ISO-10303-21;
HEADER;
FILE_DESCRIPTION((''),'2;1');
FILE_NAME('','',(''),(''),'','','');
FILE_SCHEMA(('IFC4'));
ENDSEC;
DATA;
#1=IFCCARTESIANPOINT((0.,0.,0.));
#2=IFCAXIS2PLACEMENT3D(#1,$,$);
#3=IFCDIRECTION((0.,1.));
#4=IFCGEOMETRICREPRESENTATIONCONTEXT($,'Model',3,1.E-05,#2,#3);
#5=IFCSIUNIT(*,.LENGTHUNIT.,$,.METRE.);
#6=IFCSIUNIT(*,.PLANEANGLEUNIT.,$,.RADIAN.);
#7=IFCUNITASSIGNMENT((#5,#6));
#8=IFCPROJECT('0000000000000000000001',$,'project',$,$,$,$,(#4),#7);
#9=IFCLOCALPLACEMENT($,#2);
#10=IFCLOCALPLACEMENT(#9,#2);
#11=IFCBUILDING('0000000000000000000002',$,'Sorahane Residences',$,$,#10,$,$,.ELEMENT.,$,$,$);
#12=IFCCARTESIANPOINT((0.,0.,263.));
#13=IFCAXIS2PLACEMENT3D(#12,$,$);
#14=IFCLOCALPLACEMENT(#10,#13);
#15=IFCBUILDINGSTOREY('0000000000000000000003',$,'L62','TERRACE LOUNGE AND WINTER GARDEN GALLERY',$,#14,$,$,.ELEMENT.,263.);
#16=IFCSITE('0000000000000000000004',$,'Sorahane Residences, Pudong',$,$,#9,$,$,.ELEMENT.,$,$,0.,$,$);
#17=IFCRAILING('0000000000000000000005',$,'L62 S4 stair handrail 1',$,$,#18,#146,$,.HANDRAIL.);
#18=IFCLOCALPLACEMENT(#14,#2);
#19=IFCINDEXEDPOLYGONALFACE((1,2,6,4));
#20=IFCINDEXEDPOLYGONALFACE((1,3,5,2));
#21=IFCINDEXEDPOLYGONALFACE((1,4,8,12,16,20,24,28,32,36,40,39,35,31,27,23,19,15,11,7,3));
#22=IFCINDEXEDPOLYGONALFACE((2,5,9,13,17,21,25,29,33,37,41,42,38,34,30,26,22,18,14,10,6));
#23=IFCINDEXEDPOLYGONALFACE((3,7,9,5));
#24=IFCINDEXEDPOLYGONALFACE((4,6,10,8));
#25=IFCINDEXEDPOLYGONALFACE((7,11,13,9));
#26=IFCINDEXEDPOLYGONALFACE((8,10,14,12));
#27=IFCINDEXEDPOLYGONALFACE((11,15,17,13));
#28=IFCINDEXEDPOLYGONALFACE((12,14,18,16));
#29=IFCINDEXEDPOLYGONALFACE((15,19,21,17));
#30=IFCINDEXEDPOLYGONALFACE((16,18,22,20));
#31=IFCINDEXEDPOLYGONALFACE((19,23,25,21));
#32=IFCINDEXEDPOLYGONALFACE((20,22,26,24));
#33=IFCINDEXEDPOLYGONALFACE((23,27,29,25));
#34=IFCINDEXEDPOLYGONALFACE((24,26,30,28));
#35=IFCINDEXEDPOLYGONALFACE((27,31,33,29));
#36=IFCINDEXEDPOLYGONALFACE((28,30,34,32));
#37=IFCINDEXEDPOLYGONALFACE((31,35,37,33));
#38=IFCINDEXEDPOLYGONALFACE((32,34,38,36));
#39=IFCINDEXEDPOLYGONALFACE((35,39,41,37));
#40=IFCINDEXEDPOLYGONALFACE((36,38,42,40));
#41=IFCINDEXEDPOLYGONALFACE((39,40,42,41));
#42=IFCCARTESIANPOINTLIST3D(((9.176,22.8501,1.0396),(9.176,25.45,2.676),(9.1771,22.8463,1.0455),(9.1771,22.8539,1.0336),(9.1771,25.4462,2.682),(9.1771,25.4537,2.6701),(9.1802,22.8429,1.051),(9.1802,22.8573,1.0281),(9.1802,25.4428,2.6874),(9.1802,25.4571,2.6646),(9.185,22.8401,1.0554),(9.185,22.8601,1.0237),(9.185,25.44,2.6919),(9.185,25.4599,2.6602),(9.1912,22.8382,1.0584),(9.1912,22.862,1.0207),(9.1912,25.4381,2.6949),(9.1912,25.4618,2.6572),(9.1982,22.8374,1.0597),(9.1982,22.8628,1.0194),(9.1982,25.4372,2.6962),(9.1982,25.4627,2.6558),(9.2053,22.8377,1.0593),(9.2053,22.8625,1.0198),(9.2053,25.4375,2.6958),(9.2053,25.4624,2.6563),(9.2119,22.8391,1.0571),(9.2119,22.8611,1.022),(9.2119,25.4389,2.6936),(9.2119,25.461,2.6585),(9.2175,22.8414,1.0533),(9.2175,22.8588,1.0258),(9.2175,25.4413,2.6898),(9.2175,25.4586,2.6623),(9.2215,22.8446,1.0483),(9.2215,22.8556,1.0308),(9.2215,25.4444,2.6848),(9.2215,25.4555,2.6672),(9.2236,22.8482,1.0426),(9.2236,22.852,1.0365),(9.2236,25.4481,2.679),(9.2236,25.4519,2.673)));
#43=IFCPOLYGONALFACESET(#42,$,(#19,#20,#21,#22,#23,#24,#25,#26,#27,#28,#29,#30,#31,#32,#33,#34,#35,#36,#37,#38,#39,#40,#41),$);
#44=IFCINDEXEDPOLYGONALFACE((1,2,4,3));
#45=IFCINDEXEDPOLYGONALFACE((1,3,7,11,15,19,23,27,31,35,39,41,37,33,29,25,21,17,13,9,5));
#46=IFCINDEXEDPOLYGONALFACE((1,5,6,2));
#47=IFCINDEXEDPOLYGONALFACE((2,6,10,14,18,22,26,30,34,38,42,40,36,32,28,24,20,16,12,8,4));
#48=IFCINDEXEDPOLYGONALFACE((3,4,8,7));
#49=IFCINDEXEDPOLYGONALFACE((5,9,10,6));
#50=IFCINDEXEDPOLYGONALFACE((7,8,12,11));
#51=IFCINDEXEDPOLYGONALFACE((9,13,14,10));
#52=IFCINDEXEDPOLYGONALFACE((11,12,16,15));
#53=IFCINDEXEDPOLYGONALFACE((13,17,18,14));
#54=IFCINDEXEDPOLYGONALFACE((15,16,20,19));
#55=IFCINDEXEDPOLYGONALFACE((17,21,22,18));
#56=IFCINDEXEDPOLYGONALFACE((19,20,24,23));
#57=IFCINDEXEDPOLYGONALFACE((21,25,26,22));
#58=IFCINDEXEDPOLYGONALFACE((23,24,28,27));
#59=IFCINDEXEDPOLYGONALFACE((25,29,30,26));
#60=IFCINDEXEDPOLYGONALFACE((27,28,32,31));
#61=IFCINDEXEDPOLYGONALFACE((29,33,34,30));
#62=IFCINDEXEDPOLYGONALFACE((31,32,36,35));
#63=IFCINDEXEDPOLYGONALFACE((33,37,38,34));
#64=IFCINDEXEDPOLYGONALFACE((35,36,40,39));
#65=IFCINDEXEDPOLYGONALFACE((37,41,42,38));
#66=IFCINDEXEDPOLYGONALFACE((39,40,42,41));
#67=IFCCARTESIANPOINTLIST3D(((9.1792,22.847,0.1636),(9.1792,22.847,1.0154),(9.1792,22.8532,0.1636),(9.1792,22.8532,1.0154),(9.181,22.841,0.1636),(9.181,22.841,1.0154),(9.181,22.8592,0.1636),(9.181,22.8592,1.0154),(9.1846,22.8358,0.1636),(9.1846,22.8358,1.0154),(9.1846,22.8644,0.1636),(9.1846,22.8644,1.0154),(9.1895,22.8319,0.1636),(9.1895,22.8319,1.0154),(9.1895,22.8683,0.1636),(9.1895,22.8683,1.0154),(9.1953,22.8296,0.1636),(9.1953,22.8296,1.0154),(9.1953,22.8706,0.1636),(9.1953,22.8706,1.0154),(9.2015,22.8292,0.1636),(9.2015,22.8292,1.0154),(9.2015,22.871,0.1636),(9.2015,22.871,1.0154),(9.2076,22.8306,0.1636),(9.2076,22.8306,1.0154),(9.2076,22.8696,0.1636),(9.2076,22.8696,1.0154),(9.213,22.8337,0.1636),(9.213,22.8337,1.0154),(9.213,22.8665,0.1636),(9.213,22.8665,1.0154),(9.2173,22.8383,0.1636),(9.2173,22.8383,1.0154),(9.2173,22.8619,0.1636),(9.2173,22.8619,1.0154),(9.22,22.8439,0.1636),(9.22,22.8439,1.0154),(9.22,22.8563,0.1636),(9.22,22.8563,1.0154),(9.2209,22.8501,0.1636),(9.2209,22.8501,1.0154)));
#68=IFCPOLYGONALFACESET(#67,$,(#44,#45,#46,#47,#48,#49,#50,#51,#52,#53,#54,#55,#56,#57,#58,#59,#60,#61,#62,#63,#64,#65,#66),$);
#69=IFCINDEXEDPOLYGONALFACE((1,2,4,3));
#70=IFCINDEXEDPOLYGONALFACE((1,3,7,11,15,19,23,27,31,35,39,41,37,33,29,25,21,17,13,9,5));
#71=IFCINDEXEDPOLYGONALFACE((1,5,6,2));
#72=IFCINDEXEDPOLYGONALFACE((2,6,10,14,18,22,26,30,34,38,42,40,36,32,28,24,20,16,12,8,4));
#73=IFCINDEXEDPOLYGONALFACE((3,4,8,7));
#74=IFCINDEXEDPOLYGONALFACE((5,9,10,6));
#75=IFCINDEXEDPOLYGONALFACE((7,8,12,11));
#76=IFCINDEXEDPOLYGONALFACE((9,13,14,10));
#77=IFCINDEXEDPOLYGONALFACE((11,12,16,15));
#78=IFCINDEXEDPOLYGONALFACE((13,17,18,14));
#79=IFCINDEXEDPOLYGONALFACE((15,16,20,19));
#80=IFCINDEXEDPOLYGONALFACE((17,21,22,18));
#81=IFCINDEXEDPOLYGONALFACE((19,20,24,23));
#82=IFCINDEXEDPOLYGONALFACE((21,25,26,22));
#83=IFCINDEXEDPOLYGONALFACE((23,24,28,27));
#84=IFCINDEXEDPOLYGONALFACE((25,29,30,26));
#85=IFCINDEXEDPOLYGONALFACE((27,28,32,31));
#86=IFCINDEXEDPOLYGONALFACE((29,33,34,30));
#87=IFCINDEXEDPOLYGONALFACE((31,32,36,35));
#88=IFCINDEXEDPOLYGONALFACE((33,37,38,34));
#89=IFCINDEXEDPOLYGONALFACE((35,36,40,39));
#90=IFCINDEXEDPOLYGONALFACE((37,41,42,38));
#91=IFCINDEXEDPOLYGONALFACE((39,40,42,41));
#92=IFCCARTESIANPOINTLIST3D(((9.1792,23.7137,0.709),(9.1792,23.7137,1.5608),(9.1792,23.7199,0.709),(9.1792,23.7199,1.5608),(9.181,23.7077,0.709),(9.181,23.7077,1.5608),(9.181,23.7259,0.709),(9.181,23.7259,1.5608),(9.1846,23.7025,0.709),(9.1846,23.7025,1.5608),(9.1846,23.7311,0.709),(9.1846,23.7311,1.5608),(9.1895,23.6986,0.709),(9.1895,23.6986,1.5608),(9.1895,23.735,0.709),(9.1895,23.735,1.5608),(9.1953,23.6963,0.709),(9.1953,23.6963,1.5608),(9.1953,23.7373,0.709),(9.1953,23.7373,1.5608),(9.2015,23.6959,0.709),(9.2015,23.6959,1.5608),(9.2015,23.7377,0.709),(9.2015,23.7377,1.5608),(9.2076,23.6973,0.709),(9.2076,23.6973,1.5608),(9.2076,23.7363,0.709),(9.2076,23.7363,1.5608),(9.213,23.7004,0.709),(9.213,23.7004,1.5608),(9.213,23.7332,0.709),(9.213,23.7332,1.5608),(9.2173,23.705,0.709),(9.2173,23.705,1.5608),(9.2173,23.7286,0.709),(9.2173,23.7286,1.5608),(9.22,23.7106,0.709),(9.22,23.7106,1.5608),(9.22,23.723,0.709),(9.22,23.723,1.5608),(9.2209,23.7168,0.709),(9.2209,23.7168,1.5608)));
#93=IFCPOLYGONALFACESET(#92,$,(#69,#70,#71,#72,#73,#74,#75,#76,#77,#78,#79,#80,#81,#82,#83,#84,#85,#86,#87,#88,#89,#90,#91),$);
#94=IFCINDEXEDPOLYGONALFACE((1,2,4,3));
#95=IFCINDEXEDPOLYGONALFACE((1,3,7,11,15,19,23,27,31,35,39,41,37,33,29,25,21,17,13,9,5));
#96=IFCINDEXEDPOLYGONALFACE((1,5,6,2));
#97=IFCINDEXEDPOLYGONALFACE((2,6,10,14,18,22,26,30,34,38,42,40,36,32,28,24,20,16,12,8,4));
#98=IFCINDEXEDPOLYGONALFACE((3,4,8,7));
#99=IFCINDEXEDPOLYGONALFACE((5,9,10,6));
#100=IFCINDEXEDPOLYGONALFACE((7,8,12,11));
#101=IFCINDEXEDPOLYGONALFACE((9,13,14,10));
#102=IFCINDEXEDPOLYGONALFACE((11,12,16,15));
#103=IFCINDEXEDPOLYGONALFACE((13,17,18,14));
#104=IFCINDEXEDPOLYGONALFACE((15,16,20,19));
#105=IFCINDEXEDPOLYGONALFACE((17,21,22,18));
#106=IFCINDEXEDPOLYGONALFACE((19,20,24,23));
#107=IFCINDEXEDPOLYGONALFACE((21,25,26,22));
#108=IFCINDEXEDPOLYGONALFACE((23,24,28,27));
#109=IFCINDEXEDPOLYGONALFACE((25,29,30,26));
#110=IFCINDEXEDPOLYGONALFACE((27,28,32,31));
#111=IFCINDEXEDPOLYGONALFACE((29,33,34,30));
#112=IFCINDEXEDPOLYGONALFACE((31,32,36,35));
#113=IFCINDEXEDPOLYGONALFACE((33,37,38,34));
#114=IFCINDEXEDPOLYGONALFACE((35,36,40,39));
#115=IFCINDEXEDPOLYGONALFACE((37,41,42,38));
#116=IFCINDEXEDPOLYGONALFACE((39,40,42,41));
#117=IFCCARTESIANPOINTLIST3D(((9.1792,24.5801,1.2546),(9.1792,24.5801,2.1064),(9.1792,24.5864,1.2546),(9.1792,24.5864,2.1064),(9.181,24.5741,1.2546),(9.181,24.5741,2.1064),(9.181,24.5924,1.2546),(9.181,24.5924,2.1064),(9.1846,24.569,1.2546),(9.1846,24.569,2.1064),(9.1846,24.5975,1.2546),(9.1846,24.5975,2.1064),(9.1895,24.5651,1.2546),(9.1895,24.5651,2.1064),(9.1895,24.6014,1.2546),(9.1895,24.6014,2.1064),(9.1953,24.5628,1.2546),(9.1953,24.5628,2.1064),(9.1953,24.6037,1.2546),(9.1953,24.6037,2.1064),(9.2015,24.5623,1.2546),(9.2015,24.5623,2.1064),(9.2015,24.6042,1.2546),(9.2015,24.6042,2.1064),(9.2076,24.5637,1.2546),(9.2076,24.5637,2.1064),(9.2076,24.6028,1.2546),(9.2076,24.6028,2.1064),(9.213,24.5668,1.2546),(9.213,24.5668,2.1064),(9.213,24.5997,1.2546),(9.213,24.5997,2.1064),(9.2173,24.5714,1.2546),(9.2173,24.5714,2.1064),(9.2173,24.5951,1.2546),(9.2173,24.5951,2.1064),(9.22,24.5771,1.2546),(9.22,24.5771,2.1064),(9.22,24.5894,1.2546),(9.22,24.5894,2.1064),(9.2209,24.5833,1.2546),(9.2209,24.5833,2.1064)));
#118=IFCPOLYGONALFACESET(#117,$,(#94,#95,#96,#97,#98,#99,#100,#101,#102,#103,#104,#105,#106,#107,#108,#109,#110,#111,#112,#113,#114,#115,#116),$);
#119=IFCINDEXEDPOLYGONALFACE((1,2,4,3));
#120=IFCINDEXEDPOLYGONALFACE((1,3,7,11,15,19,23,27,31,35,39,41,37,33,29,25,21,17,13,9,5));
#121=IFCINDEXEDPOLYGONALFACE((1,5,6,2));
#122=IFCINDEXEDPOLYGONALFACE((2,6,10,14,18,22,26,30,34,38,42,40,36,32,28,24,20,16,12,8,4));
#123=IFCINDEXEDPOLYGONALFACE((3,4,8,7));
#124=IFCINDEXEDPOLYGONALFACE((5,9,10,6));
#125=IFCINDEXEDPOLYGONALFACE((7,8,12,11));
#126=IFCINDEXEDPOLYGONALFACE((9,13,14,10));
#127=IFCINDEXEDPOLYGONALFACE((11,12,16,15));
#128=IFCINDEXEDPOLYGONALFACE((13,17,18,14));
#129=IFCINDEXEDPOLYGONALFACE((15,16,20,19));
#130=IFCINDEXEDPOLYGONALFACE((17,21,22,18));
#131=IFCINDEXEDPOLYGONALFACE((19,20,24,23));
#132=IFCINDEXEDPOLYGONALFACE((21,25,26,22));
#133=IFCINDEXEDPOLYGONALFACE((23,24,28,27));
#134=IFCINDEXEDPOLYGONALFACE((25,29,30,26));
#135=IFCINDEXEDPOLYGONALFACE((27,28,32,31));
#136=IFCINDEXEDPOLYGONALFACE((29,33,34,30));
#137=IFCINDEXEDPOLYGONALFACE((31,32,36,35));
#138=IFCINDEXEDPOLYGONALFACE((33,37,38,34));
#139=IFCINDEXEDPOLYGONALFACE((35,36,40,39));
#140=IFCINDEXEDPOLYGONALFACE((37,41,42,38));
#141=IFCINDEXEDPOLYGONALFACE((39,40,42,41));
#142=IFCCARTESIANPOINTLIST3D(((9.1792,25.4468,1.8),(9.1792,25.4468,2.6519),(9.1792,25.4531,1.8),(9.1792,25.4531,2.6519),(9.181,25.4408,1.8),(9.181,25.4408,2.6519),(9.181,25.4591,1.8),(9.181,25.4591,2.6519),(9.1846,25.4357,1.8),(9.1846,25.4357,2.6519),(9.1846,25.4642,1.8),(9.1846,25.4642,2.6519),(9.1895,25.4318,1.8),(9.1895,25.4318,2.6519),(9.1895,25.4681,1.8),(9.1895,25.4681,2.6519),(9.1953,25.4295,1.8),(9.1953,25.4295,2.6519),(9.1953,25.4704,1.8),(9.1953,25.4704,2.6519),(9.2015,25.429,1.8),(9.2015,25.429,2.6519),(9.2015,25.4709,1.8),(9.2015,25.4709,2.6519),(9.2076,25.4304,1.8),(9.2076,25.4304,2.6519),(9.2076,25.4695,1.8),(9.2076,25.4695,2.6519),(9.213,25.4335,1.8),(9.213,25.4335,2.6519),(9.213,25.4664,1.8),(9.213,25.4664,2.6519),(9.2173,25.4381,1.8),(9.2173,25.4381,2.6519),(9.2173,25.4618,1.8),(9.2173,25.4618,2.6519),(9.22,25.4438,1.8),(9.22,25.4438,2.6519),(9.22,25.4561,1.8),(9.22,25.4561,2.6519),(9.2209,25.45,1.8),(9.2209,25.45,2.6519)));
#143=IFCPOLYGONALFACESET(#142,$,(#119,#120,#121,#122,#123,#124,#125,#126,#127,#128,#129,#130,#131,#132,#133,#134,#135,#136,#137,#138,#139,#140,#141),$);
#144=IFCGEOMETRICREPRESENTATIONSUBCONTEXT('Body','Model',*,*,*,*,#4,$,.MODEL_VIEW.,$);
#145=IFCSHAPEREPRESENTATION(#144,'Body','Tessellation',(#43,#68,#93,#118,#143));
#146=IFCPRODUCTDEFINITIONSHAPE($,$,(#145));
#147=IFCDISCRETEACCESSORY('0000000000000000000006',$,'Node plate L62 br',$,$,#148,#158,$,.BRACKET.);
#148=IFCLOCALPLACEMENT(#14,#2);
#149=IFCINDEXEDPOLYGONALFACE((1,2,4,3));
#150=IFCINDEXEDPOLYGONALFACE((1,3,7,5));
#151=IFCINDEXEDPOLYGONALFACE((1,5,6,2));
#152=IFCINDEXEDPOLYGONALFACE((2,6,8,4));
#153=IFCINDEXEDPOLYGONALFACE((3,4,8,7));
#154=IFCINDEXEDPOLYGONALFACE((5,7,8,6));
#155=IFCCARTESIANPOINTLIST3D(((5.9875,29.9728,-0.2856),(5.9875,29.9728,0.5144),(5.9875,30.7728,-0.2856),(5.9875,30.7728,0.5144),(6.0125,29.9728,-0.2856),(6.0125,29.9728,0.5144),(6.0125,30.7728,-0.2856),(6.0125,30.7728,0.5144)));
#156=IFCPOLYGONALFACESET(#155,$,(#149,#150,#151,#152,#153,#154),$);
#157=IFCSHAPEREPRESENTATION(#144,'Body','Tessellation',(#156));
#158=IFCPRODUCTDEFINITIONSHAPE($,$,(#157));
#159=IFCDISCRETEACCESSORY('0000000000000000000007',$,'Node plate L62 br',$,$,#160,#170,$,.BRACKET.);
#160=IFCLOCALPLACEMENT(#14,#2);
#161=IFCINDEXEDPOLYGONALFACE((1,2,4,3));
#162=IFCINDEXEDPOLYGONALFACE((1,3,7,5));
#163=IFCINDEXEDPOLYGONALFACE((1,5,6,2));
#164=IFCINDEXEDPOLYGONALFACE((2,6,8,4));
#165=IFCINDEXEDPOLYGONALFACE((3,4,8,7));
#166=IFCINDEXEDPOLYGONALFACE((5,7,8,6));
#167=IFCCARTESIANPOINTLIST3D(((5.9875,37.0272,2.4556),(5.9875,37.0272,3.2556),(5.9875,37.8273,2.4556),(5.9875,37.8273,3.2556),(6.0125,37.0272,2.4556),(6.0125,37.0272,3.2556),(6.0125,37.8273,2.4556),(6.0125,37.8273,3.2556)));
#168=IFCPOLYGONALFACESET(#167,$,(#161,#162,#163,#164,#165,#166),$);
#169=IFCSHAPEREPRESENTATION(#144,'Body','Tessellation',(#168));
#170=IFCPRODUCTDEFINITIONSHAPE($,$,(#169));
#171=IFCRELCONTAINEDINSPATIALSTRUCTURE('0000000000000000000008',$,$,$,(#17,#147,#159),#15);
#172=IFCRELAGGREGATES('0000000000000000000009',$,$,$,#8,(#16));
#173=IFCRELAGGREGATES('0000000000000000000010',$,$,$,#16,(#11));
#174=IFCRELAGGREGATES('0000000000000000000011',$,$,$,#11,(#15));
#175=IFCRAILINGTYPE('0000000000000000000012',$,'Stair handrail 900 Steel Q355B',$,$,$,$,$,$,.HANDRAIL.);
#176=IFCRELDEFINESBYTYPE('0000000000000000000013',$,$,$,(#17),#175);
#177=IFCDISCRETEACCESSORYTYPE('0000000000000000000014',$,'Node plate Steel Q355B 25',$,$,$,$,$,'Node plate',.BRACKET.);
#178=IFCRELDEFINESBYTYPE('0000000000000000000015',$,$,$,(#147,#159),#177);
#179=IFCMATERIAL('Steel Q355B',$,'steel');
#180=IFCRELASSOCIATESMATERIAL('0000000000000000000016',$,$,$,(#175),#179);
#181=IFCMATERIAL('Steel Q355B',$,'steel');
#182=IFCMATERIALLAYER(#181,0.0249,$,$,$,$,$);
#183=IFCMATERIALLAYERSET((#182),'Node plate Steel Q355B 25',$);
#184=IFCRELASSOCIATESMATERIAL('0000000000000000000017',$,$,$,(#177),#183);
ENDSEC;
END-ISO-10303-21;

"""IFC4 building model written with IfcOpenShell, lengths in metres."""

from ifc_helpers import new_model, si_unit, direction, frame, origin, origin_2d, place, context, subcontext, project, spatial, rectangle, circle, extrude, material, layer, layer_set, type_object, element, save


model = new_model("IFC4")

# Units and contexts
model_context = context("Model", 3, precision=1e-05, world=origin(), true_north=direction((0.0, 1.0)))
body_context = subcontext(model_context, "Body", "Model", "MODEL_VIEW")
ifc_project = project(units=[si_unit("LENGTHUNIT", "METRE"), si_unit("PLANEANGLEUNIT", "RADIAN")], contexts=[model_context])

# Site, building, storey
site_placement = place(None, origin())
site = spatial("IfcSite", under=ifc_project, at=site_placement, Name="Sorahane Residences, Pudong", CompositionType="ELEMENT", RefElevation=0.0)
building_placement = place(site_placement, origin())
building = spatial("IfcBuilding", under=site, at=building_placement, Name="Sorahane Residences", CompositionType="ELEMENT")
storey_placement = place(building_placement, frame((0.0, 0.0, 263.0)))
storey = spatial("IfcBuildingStorey", under=building, at=storey_placement, Name="L62", Description="TERRACE LOUNGE AND WINTER GARDEN GALLERY", CompositionType="ELEMENT", Elevation=263.0)

# Railing
ifc_material_1 = material(Name="Steel Q355B", Category="steel")
railing_type_1 = type_object("IfcRailingType", Name="Stair handrail 900 Steel Q355B", PredefinedType="HANDRAIL", material=ifc_material_1)
railing_1_placement = place(storey_placement, frame((9.2, 22.8501, 0.1636)))
element("IfcRailing", 1, at=railing_1_placement, inside=storey, type_object=railing_type_1, Name="L62 S4 stair handrail 1", PredefinedType="HANDRAIL", context=body_context, shape_type="SweptSolid", body=[
    extrude(circle(Radius=0.0239, at=origin_2d()), frame((0.0, 0.0, 0.876), z_axis=(0.0, 0.846302, 0.532704), x_axis=(-1.0, 0.0, 0.0)), (0.0, 0.0, 1.0), 3.072),
    extrude(circle(Radius=0.021, at=origin_2d()), origin(), (0.0, 0.0, 1.0), 0.8518),
    extrude(circle(Radius=0.021, at=origin_2d()), frame((0.0, 0.8667, 0.5454)), (0.0, 0.0, 1.0), 0.8518),
    extrude(circle(Radius=0.021, at=origin_2d()), frame((0.0, 1.7332, 1.0911)), (0.0, 0.0, 1.0), 0.8518),
    extrude(circle(Radius=0.021, at=origin_2d()), frame((0.0, 2.5999, 1.6365)), (0.0, 0.0, 1.0), 0.8518),
])

# Discrete accessories
ifc_material_2 = material(Name="Steel Q355B", Category="steel")
ifc_layer_1 = layer(ifc_material_2, 0.0249)
ifc_layer_set_1 = layer_set([ifc_layer_1], Name="Node plate Steel Q355B 25")
discrete_accessory_type = type_object("IfcDiscreteAccessoryType", Name="Node plate Steel Q355B 25", ElementType="Node plate", PredefinedType="BRACKET", material=ifc_layer_set_1)
for number, where, z_axis, x_axis, name in (
    (2, (6.0, 30.3728, -0.2856), (0.0, 0.0, 1.0), (0.0, 1.0, 0.0), "Node plate L62 br"),
    (3, (6.0, 37.4272, 2.4556), (0.0, 0.0, 1.0), (0.0, 1.0, 0.0), "Node plate L62 br"),
):
    element("IfcDiscreteAccessory", number, at=place(storey_placement, frame(where, z_axis=z_axis, x_axis=x_axis)), inside=storey, type_object=discrete_accessory_type, Name=name, PredefinedType="BRACKET", context=body_context, shape_type="SweptSolid", body=[
        extrude(rectangle(XDim=0.8, YDim=0.0249, at=origin_2d()), origin(), (0.0, 0.0, 1.0), 0.8),
    ])

save(model, "model.ifc")
